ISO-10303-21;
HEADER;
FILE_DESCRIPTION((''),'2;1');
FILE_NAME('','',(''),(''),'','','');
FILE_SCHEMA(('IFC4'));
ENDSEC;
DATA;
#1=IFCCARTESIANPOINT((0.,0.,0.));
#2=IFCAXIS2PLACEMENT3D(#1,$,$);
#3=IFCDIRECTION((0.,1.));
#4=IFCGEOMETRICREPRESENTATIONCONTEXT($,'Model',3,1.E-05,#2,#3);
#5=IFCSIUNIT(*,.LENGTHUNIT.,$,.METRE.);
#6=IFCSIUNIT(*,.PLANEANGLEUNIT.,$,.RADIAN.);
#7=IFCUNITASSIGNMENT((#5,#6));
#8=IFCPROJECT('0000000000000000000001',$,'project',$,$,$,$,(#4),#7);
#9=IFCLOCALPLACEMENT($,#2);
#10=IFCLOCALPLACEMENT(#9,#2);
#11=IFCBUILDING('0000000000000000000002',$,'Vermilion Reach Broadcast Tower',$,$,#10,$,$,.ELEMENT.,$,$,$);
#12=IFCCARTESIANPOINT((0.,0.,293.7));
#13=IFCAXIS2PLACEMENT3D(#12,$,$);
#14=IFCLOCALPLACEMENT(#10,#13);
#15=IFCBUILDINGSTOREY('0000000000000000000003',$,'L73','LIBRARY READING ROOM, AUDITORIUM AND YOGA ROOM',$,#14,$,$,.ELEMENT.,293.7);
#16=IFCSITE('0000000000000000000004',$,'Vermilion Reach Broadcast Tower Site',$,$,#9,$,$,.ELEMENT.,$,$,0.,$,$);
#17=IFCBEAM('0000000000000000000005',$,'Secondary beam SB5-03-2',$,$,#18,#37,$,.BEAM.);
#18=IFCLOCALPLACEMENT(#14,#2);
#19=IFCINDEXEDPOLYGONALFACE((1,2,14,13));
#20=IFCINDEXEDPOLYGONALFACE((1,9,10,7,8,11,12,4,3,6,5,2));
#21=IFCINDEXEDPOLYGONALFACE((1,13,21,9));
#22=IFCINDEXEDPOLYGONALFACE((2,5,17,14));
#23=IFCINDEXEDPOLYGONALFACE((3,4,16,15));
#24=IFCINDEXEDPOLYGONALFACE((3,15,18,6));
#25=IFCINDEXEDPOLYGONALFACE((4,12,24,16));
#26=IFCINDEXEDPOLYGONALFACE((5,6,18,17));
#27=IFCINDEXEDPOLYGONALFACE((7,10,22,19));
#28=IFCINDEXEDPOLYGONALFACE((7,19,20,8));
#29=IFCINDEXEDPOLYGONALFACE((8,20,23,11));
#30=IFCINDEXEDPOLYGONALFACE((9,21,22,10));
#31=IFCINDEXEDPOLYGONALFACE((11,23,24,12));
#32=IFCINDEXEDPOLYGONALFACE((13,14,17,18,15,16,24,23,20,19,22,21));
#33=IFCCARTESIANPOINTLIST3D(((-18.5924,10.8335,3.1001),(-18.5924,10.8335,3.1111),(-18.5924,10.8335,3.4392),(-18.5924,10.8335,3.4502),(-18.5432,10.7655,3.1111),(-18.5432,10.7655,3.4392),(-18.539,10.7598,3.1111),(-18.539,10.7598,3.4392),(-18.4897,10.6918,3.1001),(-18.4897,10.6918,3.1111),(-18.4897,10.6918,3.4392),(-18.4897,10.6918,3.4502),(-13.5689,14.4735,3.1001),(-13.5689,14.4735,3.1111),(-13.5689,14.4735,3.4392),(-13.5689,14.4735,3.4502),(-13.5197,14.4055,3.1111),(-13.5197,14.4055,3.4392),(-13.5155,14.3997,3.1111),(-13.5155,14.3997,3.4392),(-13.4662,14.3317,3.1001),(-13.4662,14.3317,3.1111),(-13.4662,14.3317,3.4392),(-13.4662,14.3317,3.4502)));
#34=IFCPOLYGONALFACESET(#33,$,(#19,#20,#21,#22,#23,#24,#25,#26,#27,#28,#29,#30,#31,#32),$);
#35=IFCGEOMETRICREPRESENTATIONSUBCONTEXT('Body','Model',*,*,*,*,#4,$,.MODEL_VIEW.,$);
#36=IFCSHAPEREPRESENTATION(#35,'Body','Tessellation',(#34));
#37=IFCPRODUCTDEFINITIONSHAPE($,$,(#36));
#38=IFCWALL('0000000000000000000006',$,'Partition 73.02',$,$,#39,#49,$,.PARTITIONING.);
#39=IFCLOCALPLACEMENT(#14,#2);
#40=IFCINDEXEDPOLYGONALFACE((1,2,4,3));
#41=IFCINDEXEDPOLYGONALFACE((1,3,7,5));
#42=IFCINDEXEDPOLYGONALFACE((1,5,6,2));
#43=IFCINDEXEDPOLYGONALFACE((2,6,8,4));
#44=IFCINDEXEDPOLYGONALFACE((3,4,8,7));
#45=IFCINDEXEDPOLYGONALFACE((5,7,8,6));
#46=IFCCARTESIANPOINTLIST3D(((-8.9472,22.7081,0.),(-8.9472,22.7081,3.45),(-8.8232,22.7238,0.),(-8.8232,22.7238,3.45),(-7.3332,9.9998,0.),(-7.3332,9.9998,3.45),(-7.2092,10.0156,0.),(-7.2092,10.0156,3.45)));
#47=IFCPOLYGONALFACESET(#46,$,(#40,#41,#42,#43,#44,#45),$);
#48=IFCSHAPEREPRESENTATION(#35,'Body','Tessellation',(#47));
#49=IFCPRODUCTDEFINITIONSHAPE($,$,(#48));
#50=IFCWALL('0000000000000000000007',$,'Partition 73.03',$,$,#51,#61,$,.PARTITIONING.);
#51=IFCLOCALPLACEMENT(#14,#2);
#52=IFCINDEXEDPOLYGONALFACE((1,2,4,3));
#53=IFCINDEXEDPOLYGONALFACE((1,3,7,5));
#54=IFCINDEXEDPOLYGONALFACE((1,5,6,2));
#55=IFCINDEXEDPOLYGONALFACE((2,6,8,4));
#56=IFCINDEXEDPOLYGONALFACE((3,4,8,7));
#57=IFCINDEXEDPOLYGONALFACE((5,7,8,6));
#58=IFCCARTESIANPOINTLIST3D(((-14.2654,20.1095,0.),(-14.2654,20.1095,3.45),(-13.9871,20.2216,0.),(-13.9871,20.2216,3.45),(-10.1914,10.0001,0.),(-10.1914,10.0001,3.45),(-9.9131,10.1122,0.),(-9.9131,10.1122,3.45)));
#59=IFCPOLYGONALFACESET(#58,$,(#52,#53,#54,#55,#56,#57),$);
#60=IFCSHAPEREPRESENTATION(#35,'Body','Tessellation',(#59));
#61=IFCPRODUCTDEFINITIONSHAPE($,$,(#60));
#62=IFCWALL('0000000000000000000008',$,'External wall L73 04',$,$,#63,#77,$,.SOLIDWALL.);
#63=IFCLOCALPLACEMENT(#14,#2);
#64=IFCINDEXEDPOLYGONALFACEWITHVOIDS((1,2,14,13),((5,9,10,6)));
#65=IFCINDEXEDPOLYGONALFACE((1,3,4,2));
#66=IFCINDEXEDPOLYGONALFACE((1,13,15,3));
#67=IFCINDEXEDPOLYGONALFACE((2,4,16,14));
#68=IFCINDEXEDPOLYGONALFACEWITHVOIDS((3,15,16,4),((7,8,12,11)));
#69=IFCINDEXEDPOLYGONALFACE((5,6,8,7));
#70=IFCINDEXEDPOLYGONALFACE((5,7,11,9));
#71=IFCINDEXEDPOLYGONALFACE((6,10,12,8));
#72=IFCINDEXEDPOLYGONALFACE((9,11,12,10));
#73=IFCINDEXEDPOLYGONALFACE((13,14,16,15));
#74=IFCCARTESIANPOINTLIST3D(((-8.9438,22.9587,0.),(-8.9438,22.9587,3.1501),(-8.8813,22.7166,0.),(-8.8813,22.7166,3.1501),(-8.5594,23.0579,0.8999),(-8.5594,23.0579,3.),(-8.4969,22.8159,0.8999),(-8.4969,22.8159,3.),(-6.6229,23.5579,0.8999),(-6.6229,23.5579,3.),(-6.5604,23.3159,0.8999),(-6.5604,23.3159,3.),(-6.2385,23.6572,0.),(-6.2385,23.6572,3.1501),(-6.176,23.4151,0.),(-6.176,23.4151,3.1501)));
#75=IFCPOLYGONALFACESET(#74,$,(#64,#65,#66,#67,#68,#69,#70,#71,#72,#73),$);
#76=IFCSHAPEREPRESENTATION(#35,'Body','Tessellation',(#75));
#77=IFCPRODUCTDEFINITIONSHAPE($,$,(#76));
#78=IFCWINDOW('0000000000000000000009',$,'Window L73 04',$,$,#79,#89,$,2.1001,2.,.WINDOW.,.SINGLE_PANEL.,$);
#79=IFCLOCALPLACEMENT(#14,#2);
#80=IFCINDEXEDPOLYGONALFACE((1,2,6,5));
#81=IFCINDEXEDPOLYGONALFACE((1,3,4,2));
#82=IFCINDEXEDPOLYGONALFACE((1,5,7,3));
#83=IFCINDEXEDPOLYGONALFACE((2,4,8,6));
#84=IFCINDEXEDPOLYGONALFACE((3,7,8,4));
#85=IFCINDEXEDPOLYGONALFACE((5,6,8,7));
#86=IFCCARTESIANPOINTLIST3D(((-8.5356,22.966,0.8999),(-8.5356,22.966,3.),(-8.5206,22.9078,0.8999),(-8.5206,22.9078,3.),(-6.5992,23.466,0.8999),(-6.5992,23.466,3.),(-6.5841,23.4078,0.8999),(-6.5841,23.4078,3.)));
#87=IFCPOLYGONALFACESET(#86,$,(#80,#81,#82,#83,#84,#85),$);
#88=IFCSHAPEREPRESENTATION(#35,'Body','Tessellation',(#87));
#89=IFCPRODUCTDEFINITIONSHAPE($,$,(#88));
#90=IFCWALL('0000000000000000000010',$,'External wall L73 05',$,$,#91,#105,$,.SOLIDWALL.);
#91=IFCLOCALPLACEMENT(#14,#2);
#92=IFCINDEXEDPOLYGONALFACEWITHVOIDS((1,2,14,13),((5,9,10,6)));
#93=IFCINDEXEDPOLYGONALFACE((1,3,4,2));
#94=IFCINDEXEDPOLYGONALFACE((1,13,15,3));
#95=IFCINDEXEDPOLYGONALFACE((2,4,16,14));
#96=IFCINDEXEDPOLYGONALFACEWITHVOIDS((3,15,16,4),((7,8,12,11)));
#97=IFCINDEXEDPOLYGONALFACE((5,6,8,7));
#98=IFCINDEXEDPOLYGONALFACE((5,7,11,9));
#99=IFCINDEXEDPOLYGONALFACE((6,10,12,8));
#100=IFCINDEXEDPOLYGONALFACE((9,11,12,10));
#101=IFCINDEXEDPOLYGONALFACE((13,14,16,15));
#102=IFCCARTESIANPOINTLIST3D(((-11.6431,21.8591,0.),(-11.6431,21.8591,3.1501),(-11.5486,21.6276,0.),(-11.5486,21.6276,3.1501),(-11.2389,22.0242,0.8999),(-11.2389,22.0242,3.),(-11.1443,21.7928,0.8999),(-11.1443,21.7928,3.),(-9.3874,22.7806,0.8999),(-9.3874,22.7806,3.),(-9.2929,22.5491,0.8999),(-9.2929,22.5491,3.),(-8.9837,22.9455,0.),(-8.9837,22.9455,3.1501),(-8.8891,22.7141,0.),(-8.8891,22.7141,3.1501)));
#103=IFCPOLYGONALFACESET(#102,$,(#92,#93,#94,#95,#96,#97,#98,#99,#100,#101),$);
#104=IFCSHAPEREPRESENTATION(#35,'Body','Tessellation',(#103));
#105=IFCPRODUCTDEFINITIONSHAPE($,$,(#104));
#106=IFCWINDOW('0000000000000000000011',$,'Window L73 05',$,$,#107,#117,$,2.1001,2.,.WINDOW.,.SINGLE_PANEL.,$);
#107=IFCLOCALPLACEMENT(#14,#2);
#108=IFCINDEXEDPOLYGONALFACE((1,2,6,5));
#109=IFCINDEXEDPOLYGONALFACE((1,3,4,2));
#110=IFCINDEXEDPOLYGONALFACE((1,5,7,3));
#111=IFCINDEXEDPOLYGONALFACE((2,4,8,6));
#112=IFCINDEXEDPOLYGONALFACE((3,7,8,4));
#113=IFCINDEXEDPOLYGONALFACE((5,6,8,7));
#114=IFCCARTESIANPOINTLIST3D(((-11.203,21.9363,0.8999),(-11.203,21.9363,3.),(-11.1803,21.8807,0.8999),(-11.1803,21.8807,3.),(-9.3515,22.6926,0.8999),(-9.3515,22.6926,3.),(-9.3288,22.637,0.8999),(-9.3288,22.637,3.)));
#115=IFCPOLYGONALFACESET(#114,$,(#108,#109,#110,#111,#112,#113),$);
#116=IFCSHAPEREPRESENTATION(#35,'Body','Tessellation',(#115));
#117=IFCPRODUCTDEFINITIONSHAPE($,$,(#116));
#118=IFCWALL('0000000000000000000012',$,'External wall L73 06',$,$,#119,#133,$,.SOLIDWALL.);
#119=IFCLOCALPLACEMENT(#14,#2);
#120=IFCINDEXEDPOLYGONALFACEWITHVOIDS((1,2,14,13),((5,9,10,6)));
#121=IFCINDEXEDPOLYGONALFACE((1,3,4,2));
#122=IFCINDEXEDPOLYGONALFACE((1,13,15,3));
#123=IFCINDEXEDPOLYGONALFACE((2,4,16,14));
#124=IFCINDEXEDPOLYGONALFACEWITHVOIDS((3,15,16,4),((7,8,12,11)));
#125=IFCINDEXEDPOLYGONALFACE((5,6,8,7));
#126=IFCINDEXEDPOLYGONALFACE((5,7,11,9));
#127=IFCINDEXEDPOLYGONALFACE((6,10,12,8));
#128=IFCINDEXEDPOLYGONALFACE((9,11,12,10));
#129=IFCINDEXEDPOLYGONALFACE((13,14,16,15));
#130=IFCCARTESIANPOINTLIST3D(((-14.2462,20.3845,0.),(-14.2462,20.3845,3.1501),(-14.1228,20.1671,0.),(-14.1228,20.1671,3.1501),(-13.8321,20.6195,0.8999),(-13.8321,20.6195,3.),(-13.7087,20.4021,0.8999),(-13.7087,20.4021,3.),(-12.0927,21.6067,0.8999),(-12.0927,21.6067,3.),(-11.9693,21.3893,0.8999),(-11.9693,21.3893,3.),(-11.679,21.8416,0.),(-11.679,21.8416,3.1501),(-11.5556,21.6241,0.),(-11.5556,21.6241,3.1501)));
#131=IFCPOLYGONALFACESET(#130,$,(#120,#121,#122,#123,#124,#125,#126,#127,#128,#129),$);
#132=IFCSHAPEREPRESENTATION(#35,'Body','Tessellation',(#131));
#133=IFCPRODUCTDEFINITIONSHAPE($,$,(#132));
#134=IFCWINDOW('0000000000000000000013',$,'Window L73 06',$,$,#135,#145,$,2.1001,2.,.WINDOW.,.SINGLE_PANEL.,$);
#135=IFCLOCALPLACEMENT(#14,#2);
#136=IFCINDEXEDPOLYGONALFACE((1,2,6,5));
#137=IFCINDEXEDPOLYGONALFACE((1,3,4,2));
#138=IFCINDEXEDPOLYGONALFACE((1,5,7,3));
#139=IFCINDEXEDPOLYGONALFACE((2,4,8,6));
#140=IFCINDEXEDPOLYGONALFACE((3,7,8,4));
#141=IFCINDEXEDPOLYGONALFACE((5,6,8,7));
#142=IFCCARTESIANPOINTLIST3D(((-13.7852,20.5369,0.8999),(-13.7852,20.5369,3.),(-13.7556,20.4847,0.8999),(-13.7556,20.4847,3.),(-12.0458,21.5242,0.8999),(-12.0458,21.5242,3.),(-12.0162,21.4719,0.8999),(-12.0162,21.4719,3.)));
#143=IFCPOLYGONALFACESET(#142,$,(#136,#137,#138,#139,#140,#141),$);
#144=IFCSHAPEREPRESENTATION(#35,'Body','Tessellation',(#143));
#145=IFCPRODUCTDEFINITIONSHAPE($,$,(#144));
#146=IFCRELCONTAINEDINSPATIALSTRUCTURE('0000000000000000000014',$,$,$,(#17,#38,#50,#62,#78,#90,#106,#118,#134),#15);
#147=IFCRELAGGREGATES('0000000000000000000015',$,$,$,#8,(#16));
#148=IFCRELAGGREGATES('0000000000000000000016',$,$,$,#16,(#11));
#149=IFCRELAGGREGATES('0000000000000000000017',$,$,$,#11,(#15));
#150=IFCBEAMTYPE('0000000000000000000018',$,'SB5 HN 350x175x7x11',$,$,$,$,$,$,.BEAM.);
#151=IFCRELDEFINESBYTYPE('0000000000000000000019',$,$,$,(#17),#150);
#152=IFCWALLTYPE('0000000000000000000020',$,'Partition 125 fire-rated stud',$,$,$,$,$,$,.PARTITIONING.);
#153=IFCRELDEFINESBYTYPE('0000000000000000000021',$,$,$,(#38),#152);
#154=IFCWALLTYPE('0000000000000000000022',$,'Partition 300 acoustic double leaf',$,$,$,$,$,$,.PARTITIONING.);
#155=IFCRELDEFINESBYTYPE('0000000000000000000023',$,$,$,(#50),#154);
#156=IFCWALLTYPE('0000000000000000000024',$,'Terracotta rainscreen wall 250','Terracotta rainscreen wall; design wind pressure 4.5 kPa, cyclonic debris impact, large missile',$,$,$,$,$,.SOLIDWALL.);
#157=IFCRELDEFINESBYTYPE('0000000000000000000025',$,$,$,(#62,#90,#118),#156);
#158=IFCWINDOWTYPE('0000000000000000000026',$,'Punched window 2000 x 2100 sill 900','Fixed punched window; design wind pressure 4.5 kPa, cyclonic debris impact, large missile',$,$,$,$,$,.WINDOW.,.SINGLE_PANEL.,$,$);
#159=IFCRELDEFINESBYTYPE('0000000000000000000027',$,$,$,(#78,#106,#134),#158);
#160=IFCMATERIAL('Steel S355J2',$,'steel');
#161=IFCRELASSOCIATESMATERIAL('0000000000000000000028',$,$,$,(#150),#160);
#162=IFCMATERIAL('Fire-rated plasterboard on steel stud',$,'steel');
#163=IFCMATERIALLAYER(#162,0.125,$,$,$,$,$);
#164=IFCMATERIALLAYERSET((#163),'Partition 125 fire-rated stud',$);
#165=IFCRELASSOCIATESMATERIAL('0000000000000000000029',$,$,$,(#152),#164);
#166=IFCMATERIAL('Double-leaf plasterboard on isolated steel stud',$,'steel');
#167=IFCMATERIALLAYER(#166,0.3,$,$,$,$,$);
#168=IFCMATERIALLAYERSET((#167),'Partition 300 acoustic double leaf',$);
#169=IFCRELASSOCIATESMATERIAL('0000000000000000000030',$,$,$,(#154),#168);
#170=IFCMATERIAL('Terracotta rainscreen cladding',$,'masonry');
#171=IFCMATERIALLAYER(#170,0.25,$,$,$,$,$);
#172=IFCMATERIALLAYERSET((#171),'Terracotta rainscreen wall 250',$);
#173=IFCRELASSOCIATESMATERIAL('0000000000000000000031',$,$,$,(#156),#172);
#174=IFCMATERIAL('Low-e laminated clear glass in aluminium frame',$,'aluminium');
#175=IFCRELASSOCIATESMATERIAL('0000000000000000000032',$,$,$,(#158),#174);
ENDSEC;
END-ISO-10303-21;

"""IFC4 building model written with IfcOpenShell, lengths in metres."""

from ifc_helpers import new_model, si_unit, direction, frame, frame_2d, origin, origin_2d, place, context, subcontext, project, spatial, rectangle, i_section, extrude, material, layer, layer_set, material_profile, profile_set, type_object, element, fill, save


model = new_model("IFC4")

# Units and contexts
model_context = context("Model", 3, precision=1e-05, world=origin(), true_north=direction((0.0, 1.0)))
body_context = subcontext(model_context, "Body", "Model", "MODEL_VIEW")
ifc_project = project(units=[si_unit("LENGTHUNIT", "METRE"), si_unit("PLANEANGLEUNIT", "RADIAN")], contexts=[model_context])

# Site, building, storey
site_placement = place(None, origin())
site = spatial("IfcSite", under=ifc_project, at=site_placement, Name="Vermilion Reach Broadcast Tower Site", CompositionType="ELEMENT", RefElevation=0.0)
building_placement = place(site_placement, origin())
building = spatial("IfcBuilding", under=site, at=building_placement, Name="Vermilion Reach Broadcast Tower", CompositionType="ELEMENT")
storey_placement = place(building_placement, frame((0.0, 0.0, 293.7)))
storey = spatial("IfcBuildingStorey", under=building, at=storey_placement, Name="L73", Description="LIBRARY READING ROOM, AUDITORIUM AND YOGA ROOM", CompositionType="ELEMENT", Elevation=293.7)

# Beam
ifc_material_1 = material(Name="Steel S355J2", Category="steel")
ifc_material_profile_1 = material_profile(ifc_material_1, i_section(OverallWidth=0.175, OverallDepth=0.3501, WebThickness=0.0071, FlangeThickness=0.011, at=origin_2d()), Name="S355J2 HN 350x175x7x11")
ifc_profile_set_1 = profile_set([ifc_material_profile_1], Name="Steel S355J2")
beam_type_1 = type_object("IfcBeamType", Name="SB5 HN 350x175x7x11", PredefinedType="BEAM", material=ifc_profile_set_1)
beam_1_placement = place(storey_placement, frame((-13.5176, 14.4026, 3.2751), z_axis=(-0.809771, -0.586746, 0.0), x_axis=(0.586746, -0.809771, 0.0)))
element("IfcBeam", 1, at=beam_1_placement, inside=storey, type_object=beam_type_1, Name="Secondary beam SB5-03-2", PredefinedType="BEAM", context=body_context, shape_type="SweptSolid", body=[
    extrude(i_section(OverallWidth=0.175, OverallDepth=0.3501, WebThickness=0.0071, FlangeThickness=0.011, at=origin_2d()), origin(), (0.0, 0.0, 1.0), 6.2036),
])

# Walls
ifc_material_2 = material(Name="Fire-rated plasterboard on steel stud", Category="steel")
ifc_layer_1 = layer(ifc_material_2, 0.125)
ifc_layer_set_1 = layer_set([ifc_layer_1], Name="Partition 125 fire-rated stud")
wall_type_1 = type_object("IfcWallType", Name="Partition 125 fire-rated stud", PredefinedType="PARTITIONING", material=ifc_layer_set_1)
wall_1_placement = place(storey_placement, frame((-8.8853, 22.7161, 0.0), z_axis=(0.0, 0.0, 1.0), x_axis=(0.125993, -0.992031, 0.0)))
element("IfcWall", 2, at=wall_1_placement, inside=storey, type_object=wall_type_1, Name="Partition 73.02", PredefinedType="PARTITIONING", context=body_context, shape_type="SweptSolid", body=[
    extrude(rectangle(XDim=12.8103, YDim=0.125, at=frame_2d((6.4053, 0.0))), origin(), (0.0, 0.0, 1.0), 3.45),
])
ifc_material_3 = material(Name="Double-leaf plasterboard on isolated steel stud", Category="steel")
ifc_layer_2 = layer(ifc_material_3, 0.3)
ifc_layer_set_2 = layer_set([ifc_layer_2], Name="Partition 300 acoustic double leaf")
wall_type_2 = type_object("IfcWallType", Name="Partition 300 acoustic double leaf", PredefinedType="PARTITIONING", material=ifc_layer_set_2)
wall_2_placement = place(storey_placement, frame((-14.1262, 20.1655, 0.0), z_axis=(0.0, 0.0, 1.0), x_axis=(0.37378, -0.927517, 0.0)))
element("IfcWall", 3, at=wall_2_placement, inside=storey, type_object=wall_type_2, Name="Partition 73.03", PredefinedType="PARTITIONING", context=body_context, shape_type="SweptSolid", body=[
    extrude(rectangle(XDim=10.8994, YDim=0.3, at=frame_2d((5.4497, 0.0))), origin(), (0.0, 0.0, 1.0), 3.45),
])

# Walls, openings, windows
ifc_material_4 = material(Name="Terracotta rainscreen cladding", Category="masonry")
ifc_layer_3 = layer(ifc_material_4, 0.25)
ifc_layer_set_3 = layer_set([ifc_layer_3], Name="Terracotta rainscreen wall 250")
wall_type_3 = type_object("IfcWallType", Name="Terracotta rainscreen wall 250", Description="Terracotta rainscreen wall; design wind pressure 4.5 kPa, cyclonic debris impact, large missile", PredefinedType="SOLIDWALL", material=ifc_layer_set_3)
wall_3_placement = place(storey_placement, frame((-6.2073, 23.5361, 0.0), z_axis=(0.0, 0.0, 1.0), x_axis=(-0.968248, -0.249992, 0.0)))
wall_3 = element("IfcWall", 4, at=wall_3_placement, inside=storey, type_object=wall_type_3, Name="External wall L73 04", PredefinedType="SOLIDWALL", context=body_context, shape_type="SweptSolid", body=[
    extrude(rectangle(XDim=2.7939, YDim=0.25, at=frame_2d((1.397, 0.0))), origin(), (0.0, 0.0, 1.0), 3.1501),
])
opening_1_placement = place(wall_3_placement, frame((0.397, 0.0, 0.8999)))
opening_1 = element("IfcOpeningElement", 5, at=opening_1_placement, cuts=wall_3, PredefinedType="OPENING", context=body_context, shape_type="SweptSolid", body=[
    extrude(rectangle(XDim=2.0, YDim=2.1001, at=frame_2d((1.0, 1.05))), frame((0.0, 0.135, 0.0), z_axis=(0.0, -1.0, 0.0), x_axis=(1.0, 0.0, 0.0)), (0.0, 0.0, 1.0), 0.27),
])
ifc_material_5 = material(Name="Low-e laminated clear glass in aluminium frame", Category="aluminium")
window_type = type_object("IfcWindowType", Name="Punched window 2000 x 2100 sill 900", Description="Fixed punched window; design wind pressure 4.5 kPa, cyclonic debris impact, large missile", PartitioningType="SINGLE_PANEL", PredefinedType="WINDOW", material=ifc_material_5)
window_1_placement = place(opening_1_placement, origin())
window_1 = element("IfcWindow", 6, at=window_1_placement, inside=storey, type_object=window_type, Name="Window L73 04", OverallHeight=2.1001, OverallWidth=2.0, PartitioningType="SINGLE_PANEL", PredefinedType="WINDOW", context=body_context, shape_type="SweptSolid", body=[
    extrude(rectangle(XDim=2.0, YDim=2.1001, at=frame_2d((1.0, 1.05))), frame((0.0, 0.03, 0.0), z_axis=(0.0, -1.0, 0.0), x_axis=(1.0, 0.0, 0.0)), (0.0, 0.0, 1.0), 0.0601),
])
fill(opening_1, window_1)
wall_4_placement = place(storey_placement, frame((-8.9363, 22.8298, 0.0), z_axis=(0.0, 0.0, 1.0), x_axis=(-0.925732, -0.378179, 0.0)))
wall_4 = element("IfcWall", 7, at=wall_4_placement, inside=storey, type_object=wall_type_3, Name="External wall L73 05", PredefinedType="SOLIDWALL", context=body_context, shape_type="SweptSolid", body=[
    extrude(rectangle(XDim=2.8728, YDim=0.25, at=frame_2d((1.4365, 0.0))), origin(), (0.0, 0.0, 1.0), 3.1501),
])
opening_2_placement = place(wall_4_placement, frame((0.4363, 0.0, 0.8999)))
opening_2 = element("IfcOpeningElement", 8, at=opening_2_placement, cuts=wall_4, PredefinedType="OPENING", context=body_context, shape_type="SweptSolid", body=[
    extrude(rectangle(XDim=2.0, YDim=2.1001, at=frame_2d((1.0, 1.05))), frame((0.0, 0.135, 0.0), z_axis=(0.0, -1.0, 0.0), x_axis=(1.0, 0.0, 0.0)), (0.0, 0.0, 1.0), 0.27),
])
window_2_placement = place(opening_2_placement, origin())
window_2 = element("IfcWindow", 9, at=window_2_placement, inside=storey, type_object=window_type, Name="Window L73 05", OverallHeight=2.1001, OverallWidth=2.0, PartitioningType="SINGLE_PANEL", PredefinedType="WINDOW", context=body_context, shape_type="SweptSolid", body=[
    extrude(rectangle(XDim=2.0, YDim=2.1001, at=frame_2d((1.0, 1.05))), frame((0.0, 0.03, 0.0), z_axis=(0.0, -1.0, 0.0), x_axis=(1.0, 0.0, 0.0)), (0.0, 0.0, 1.0), 0.0601),
])
fill(opening_2, window_2)
wall_5_placement = place(storey_placement, frame((-11.6172, 21.7329, 0.0), z_axis=(0.0, 0.0, 1.0), x_axis=(-0.869685, -0.493607, 0.0)))
wall_5 = element("IfcWall", 10, at=wall_5_placement, inside=storey, type_object=wall_type_3, Name="External wall L73 06", PredefinedType="SOLIDWALL", context=body_context, shape_type="SweptSolid", body=[
    extrude(rectangle(XDim=2.9519, YDim=0.25, at=frame_2d((1.4761, 0.0))), origin(), (0.0, 0.0, 1.0), 3.1501),
])
opening_3_placement = place(wall_5_placement, frame((0.4758, 0.0, 0.8999)))
opening_3 = element("IfcOpeningElement", 11, at=opening_3_placement, cuts=wall_5, PredefinedType="OPENING", context=body_context, shape_type="SweptSolid", body=[
    extrude(rectangle(XDim=2.0, YDim=2.1001, at=frame_2d((1.0, 1.05))), frame((0.0, 0.135, 0.0), z_axis=(0.0, -1.0, 0.0), x_axis=(1.0, 0.0, 0.0)), (0.0, 0.0, 1.0), 0.27),
])
window_3_placement = place(opening_3_placement, origin())
window_3 = element("IfcWindow", 12, at=window_3_placement, inside=storey, type_object=window_type, Name="Window L73 06", OverallHeight=2.1001, OverallWidth=2.0, PartitioningType="SINGLE_PANEL", PredefinedType="WINDOW", context=body_context, shape_type="SweptSolid", body=[
    extrude(rectangle(XDim=2.0, YDim=2.1001, at=frame_2d((1.0, 1.05))), frame((0.0, 0.03, 0.0), z_axis=(0.0, -1.0, 0.0), x_axis=(1.0, 0.0, 0.0)), (0.0, 0.0, 1.0), 0.0601),
])
fill(opening_3, window_3)

save(model, "model.ifc")
